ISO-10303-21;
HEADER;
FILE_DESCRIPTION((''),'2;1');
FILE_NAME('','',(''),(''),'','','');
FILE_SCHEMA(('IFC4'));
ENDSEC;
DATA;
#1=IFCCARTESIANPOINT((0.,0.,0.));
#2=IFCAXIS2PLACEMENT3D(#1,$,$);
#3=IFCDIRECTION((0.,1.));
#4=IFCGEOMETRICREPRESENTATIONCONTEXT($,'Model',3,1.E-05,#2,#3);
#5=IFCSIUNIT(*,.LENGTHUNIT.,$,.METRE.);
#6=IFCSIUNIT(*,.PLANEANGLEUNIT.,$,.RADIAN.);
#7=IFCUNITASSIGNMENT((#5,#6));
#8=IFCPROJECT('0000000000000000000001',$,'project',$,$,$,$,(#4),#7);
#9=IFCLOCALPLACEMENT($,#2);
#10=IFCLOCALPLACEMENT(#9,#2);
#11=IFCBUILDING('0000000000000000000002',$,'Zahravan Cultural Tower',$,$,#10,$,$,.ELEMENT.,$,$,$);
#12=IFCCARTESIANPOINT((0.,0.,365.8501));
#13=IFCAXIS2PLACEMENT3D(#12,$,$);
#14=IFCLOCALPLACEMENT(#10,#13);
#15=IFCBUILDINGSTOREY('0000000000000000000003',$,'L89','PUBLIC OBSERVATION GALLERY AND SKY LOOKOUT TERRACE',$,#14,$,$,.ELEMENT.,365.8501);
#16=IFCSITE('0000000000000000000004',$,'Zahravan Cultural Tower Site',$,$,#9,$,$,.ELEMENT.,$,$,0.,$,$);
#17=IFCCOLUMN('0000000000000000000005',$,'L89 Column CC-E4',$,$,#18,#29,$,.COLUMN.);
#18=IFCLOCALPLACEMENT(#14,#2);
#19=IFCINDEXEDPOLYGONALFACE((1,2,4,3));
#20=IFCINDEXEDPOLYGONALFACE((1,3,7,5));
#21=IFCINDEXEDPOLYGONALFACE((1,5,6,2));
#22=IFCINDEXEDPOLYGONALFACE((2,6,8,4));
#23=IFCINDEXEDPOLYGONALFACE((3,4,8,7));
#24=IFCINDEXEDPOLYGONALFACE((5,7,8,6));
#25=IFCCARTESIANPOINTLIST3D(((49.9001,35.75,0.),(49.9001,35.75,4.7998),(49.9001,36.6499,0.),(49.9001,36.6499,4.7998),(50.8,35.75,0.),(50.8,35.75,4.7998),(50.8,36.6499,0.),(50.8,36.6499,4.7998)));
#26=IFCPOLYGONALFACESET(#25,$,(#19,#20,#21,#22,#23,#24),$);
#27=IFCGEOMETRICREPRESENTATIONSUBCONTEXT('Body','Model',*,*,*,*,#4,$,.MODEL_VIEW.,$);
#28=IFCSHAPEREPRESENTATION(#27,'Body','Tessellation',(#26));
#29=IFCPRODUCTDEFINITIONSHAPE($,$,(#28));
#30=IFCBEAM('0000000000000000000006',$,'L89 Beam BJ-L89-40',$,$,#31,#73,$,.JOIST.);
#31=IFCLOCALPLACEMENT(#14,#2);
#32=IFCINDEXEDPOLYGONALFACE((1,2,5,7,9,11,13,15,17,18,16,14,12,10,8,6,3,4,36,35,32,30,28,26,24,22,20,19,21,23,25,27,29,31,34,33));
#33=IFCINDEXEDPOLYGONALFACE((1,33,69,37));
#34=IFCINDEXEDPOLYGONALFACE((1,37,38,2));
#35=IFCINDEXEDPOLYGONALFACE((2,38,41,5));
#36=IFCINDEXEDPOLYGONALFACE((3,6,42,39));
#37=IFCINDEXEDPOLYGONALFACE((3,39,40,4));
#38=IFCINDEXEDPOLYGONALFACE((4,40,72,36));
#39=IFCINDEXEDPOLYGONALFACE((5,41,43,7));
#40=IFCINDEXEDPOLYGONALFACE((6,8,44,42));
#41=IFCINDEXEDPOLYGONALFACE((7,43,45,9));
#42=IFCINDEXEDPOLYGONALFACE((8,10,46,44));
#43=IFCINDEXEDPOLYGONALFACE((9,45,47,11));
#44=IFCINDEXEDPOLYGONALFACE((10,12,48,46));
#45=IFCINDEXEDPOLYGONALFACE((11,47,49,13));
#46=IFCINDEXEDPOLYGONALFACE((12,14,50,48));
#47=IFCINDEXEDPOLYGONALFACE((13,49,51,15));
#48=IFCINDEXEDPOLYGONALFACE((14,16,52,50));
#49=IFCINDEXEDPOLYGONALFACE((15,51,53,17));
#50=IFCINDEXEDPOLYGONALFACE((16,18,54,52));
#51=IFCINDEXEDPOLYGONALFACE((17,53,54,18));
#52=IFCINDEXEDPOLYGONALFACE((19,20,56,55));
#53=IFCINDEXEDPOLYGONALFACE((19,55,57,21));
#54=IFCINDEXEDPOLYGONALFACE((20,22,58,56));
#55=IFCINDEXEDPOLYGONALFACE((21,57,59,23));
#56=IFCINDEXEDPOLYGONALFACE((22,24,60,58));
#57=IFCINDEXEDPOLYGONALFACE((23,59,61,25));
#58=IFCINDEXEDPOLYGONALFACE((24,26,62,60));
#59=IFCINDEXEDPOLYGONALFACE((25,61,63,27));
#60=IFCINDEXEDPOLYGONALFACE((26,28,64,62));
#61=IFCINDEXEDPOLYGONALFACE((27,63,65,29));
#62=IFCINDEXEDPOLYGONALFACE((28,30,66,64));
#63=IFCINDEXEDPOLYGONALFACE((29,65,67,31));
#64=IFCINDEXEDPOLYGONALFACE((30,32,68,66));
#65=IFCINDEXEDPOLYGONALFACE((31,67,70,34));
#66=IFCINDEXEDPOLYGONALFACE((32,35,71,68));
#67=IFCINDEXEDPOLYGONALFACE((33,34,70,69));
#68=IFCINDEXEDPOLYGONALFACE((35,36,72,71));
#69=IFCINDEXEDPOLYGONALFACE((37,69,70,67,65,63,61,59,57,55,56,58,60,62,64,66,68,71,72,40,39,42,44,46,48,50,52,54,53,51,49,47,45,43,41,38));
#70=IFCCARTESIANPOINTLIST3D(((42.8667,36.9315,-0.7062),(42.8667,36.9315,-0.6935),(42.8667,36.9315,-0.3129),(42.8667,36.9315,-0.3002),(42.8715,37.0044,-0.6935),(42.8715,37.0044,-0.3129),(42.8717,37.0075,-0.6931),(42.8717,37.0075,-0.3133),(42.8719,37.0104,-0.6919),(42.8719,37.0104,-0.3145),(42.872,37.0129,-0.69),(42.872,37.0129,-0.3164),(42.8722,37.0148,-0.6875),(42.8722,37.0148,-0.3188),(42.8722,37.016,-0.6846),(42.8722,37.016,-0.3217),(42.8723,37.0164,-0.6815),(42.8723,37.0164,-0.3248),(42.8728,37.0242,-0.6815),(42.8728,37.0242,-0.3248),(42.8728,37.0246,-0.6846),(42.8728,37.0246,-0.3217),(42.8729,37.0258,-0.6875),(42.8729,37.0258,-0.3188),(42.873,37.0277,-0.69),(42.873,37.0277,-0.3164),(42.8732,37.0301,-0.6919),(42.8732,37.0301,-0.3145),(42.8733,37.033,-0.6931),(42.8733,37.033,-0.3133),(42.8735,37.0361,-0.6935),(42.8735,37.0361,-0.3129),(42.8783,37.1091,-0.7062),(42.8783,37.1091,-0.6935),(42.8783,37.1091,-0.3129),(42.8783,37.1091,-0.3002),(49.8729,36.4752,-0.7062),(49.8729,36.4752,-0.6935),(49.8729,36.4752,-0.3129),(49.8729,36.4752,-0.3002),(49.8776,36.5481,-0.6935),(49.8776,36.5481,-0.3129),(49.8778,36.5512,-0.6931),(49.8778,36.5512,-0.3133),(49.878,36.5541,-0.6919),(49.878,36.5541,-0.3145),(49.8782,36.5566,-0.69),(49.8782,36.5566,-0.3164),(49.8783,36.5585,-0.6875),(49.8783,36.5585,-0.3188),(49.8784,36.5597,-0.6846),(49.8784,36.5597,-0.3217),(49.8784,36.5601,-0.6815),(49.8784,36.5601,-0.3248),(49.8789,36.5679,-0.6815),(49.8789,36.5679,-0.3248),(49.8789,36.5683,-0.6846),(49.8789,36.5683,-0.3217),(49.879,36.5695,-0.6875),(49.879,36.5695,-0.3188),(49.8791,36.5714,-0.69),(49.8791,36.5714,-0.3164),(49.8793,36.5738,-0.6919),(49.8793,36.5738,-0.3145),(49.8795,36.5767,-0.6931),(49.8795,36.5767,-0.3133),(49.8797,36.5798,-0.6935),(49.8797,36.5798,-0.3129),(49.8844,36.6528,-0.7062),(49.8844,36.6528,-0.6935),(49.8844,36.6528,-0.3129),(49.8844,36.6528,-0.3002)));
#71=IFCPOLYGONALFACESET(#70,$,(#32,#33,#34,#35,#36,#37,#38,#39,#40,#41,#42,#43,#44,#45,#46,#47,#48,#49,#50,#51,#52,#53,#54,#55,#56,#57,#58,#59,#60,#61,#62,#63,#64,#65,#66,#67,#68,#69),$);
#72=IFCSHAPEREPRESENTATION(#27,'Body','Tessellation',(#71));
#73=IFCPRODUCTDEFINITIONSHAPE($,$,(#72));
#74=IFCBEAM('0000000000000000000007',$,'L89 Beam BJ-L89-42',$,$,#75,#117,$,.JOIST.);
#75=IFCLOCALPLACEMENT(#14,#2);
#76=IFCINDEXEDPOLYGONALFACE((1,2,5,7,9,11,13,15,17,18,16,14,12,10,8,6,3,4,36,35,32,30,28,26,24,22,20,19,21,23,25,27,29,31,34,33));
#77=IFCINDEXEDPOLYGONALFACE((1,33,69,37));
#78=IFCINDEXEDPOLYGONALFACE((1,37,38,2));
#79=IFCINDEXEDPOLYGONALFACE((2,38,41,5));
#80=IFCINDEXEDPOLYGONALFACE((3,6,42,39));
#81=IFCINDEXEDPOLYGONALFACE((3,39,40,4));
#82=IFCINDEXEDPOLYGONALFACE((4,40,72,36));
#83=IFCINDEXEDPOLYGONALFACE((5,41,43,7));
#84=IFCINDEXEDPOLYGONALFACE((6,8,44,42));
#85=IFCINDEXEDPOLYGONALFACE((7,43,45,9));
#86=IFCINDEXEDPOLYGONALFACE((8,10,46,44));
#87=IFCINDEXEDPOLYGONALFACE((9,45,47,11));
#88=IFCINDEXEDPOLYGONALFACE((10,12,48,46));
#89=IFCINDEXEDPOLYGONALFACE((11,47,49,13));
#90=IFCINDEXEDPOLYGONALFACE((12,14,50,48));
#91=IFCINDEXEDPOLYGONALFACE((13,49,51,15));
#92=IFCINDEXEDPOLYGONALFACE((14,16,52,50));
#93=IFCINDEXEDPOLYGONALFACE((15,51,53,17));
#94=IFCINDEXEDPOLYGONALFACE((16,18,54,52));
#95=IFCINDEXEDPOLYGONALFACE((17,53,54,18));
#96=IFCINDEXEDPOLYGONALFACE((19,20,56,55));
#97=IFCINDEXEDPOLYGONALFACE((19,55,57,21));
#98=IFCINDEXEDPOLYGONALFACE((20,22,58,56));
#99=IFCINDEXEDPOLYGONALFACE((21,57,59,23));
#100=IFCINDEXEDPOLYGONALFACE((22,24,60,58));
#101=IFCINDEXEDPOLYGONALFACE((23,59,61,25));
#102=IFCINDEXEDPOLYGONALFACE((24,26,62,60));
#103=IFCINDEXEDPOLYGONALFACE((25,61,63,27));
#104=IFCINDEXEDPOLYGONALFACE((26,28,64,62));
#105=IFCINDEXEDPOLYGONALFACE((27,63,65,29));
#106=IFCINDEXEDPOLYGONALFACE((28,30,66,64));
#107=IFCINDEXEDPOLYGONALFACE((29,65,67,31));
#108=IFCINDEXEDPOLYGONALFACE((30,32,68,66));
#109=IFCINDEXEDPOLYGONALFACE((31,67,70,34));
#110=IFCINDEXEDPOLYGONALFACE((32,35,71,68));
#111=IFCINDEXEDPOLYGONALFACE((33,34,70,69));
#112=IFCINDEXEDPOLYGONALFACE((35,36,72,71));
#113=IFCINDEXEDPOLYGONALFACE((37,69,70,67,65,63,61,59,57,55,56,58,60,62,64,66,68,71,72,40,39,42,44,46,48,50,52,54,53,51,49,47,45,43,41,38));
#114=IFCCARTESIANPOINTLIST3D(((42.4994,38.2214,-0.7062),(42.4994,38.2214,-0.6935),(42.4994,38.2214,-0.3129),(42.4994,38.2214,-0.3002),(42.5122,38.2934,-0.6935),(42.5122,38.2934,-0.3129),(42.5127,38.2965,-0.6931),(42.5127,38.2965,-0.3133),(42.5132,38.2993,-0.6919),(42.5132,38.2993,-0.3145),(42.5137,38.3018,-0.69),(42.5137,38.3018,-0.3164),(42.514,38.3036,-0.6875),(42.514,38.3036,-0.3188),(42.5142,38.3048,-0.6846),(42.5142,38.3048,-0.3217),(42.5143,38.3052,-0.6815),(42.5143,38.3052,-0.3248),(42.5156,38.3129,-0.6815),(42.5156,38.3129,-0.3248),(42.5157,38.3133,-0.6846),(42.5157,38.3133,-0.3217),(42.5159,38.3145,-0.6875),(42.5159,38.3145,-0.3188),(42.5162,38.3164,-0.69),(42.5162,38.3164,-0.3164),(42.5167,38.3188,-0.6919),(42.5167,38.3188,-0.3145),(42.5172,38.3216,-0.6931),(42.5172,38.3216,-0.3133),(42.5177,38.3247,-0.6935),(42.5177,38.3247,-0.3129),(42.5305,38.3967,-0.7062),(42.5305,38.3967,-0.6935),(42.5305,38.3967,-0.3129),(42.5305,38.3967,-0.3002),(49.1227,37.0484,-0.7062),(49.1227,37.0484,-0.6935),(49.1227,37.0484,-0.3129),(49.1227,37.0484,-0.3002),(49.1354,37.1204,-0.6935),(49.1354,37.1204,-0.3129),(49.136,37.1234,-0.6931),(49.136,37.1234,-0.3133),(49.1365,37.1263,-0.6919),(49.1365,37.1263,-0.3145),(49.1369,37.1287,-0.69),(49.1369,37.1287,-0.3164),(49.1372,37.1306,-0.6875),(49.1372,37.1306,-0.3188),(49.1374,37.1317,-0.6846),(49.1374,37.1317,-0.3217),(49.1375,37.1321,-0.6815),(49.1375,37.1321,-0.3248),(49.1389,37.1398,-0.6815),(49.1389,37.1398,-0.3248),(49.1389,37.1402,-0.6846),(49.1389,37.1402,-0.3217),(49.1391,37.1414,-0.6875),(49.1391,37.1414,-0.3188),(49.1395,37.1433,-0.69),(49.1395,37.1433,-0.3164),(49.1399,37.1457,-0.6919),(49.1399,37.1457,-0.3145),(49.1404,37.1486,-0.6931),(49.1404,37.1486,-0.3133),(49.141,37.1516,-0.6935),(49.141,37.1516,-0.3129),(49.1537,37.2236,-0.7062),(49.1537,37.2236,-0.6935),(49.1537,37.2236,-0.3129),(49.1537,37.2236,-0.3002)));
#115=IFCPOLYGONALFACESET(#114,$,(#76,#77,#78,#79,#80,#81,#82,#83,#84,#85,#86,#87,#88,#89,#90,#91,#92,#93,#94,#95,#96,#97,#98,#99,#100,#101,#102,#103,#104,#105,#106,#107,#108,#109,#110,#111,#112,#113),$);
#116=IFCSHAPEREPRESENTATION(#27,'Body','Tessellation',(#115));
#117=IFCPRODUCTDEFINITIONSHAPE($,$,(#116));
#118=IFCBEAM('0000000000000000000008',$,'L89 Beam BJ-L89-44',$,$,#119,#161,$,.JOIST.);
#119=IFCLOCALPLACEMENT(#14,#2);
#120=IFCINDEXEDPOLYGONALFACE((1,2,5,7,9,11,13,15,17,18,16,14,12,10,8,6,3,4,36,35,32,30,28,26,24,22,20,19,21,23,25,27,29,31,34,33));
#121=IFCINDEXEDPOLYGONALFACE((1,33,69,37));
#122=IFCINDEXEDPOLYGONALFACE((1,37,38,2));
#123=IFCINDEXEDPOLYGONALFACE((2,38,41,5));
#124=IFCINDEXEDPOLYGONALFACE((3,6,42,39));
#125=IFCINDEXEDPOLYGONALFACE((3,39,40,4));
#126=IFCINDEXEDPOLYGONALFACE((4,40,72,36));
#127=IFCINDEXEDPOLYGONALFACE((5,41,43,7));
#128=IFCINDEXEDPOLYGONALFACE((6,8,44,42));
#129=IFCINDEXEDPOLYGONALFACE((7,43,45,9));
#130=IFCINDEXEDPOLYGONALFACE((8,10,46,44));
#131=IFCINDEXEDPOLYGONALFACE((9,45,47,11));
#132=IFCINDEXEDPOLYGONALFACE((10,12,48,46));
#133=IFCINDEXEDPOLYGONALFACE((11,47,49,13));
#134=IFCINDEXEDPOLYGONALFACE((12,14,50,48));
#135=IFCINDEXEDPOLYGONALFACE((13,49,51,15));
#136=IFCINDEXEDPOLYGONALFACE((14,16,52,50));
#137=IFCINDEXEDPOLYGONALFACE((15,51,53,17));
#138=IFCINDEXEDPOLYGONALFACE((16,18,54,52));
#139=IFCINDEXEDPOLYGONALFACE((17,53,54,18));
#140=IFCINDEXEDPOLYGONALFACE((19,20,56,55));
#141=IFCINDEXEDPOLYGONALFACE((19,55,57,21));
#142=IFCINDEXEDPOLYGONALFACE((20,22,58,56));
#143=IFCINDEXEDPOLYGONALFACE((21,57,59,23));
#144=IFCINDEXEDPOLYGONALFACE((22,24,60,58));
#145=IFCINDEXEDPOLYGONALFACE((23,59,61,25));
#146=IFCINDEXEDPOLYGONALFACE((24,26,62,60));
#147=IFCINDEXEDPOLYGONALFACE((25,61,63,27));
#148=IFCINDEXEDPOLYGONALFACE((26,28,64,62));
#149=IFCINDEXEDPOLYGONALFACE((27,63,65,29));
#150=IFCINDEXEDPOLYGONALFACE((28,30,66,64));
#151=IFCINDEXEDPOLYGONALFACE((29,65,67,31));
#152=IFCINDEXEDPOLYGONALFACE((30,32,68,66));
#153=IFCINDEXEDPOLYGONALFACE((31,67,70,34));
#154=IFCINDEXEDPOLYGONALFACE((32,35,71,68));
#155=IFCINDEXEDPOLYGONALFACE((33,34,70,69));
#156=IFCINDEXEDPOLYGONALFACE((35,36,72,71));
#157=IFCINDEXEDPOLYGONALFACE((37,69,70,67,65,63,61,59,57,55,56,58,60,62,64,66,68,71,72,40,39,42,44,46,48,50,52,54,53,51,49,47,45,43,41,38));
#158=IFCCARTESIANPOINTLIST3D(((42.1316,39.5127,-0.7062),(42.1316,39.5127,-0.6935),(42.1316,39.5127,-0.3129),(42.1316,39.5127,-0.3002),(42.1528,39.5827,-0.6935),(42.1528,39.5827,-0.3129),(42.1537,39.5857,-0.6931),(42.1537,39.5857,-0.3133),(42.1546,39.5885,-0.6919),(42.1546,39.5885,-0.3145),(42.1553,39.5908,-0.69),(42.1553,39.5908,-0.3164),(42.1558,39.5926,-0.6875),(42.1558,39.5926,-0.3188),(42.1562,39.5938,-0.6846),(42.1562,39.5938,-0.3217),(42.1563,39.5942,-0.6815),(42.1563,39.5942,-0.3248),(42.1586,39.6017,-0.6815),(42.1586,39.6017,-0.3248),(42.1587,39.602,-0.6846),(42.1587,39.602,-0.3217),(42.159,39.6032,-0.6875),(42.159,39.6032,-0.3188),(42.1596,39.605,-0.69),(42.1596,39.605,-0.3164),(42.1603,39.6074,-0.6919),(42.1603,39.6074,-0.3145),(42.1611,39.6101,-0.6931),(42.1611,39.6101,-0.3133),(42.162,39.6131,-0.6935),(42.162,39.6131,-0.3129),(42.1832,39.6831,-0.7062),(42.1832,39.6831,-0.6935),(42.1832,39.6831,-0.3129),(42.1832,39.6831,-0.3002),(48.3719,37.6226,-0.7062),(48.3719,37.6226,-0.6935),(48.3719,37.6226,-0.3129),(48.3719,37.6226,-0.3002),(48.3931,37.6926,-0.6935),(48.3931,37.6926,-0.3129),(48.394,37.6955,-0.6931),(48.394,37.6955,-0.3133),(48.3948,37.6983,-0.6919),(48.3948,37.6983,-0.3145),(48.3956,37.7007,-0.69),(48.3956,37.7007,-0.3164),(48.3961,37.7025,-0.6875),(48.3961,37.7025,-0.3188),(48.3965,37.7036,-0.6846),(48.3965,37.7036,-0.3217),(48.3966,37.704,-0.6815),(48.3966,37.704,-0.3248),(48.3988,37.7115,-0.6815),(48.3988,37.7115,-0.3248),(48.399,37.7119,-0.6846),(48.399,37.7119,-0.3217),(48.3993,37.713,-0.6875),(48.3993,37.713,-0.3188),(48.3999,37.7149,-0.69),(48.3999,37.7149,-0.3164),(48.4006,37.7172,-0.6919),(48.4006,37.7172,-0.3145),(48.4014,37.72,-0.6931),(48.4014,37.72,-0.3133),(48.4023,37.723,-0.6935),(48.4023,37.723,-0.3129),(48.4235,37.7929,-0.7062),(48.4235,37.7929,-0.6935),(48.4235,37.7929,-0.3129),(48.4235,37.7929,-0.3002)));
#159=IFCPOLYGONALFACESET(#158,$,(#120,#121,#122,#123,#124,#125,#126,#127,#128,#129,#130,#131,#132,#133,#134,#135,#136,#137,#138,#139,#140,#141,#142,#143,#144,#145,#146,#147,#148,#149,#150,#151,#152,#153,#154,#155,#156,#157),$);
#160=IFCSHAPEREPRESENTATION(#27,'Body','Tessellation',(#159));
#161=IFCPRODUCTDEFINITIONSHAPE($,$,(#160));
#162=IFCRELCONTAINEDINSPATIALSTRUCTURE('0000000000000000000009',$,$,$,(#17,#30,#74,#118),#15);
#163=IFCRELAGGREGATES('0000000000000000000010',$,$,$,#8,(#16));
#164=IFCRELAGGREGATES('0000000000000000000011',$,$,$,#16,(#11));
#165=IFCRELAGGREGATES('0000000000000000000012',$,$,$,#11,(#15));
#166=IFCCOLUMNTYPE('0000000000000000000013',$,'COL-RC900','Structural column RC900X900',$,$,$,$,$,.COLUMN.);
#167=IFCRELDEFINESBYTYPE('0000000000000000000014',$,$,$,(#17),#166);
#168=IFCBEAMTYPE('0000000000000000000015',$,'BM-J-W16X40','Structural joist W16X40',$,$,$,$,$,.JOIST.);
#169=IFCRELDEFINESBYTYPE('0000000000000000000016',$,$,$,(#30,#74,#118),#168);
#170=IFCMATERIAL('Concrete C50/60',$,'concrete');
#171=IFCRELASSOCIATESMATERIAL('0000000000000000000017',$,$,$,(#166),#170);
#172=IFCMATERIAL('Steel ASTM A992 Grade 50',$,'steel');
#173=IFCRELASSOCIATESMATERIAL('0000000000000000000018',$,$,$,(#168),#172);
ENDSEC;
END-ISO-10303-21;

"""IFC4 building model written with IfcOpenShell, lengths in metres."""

from ifc_helpers import new_model, si_unit, direction, frame, origin, origin_2d, place, context, subcontext, project, spatial, rectangle, i_section, extrude, source, transform, mapped, material, material_profile, profile_set, type_object, element, save


model = new_model("IFC4")

# Units and contexts
model_context = context("Model", 3, precision=1e-05, world=origin(), true_north=direction((0.0, 1.0)))
body_context = subcontext(model_context, "Body", "Model", "MODEL_VIEW")
ifc_project = project(units=[si_unit("LENGTHUNIT", "METRE"), si_unit("PLANEANGLEUNIT", "RADIAN")], contexts=[model_context])

# Site, building, storey
site_placement = place(None, origin())
site = spatial("IfcSite", under=ifc_project, at=site_placement, Name="Zahravan Cultural Tower Site", CompositionType="ELEMENT", RefElevation=0.0)
building_placement = place(site_placement, origin())
building = spatial("IfcBuilding", under=site, at=building_placement, Name="Zahravan Cultural Tower", CompositionType="ELEMENT")
storey_placement = place(building_placement, frame((0.0, 0.0, 365.8501)))
storey = spatial("IfcBuildingStorey", under=building, at=storey_placement, Name="L89", Description="PUBLIC OBSERVATION GALLERY AND SKY LOOKOUT TERRACE", CompositionType="ELEMENT", Elevation=365.8501)

# Column
ifc_material_1 = material(Name="Concrete C50/60", Category="concrete")
ifc_material_profile_1 = material_profile(ifc_material_1, rectangle(XDim=0.8999, YDim=0.8999, at=origin_2d()), Name="RC900X900")
ifc_profile_set_1 = profile_set([ifc_material_profile_1], Name="Concrete C50/60")
column_type = type_object("IfcColumnType", Name="COL-RC900", Description="Structural column RC900X900", PredefinedType="COLUMN", material=ifc_profile_set_1)
shared_shape_1 = source(origin(), body_context, "Body", "SweptSolid", [
    extrude(rectangle(XDim=0.8999, YDim=0.8999, at=origin_2d()), origin(), (0.0, 0.0, 1.0), 4.7998),
])
column_placement = place(storey_placement, frame((50.3501, 36.2, 0.0), z_axis=(0.0, 0.0, 1.0), x_axis=(1.0, 0.0, 0.0)))
element("IfcColumn", 1, at=column_placement, inside=storey, type_object=column_type, Name="L89 Column CC-E4", PredefinedType="COLUMN", context=body_context, shape_type="MappedRepresentation", body=[
    mapped(shared_shape_1, transform((0.0, 0.0, 0.0), x_axis=(1.0, 0.0, 0.0), y_axis=(0.0, 1.0, 0.0), z_axis=(0.0, 0.0, 1.0), scale=1.0)),
])

# Beams
ifc_material_2 = material(Name="Steel ASTM A992 Grade 50", Category="steel")
ifc_material_profile_2 = material_profile(ifc_material_2, i_section(OverallWidth=0.178, OverallDepth=0.406, WebThickness=0.0078, FlangeThickness=0.0127, FilletRadius=0.012, at=origin_2d()), Name="W16X40")
ifc_profile_set_2 = profile_set([ifc_material_profile_2], Name="Steel ASTM A992 Grade 50")
beam_type_1 = type_object("IfcBeamType", Name="BM-J-W16X40", Description="Structural joist W16X40", PredefinedType="JOIST", material=ifc_profile_set_2)
shared_shape_2 = source(origin(), body_context, "Body", "SweptSolid", [
    extrude(i_section(OverallWidth=0.178, OverallDepth=0.406, WebThickness=0.0078, FlangeThickness=0.0127, FilletRadius=0.012, at=origin_2d()), origin(), (0.0, 0.0, 1.0), 7.021),
])
beam_1_placement = place(storey_placement, frame((49.8787, 36.564, -0.5032), z_axis=(-0.997886, 0.064991, 0.0), x_axis=(-0.064991, -0.997886, 0.0)))
element("IfcBeam", 2, at=beam_1_placement, inside=storey, type_object=beam_type_1, Name="L89 Beam BJ-L89-40", PredefinedType="JOIST", context=body_context, shape_type="MappedRepresentation", body=[
    mapped(shared_shape_2, transform((0.0, 0.0, 0.0), x_axis=(1.0, 0.0, 0.0), y_axis=(0.0, 1.0, 0.0), z_axis=(0.0, 0.0, 1.0), scale=1.0)),
])
shared_shape_3 = source(origin(), body_context, "Body", "SweptSolid", [
    extrude(i_section(OverallWidth=0.178, OverallDepth=0.406, WebThickness=0.0078, FlangeThickness=0.0127, FilletRadius=0.012, at=origin_2d()), origin(), (0.0, 0.0, 1.0), 6.7263),
])
beam_2_placement = place(storey_placement, frame((49.1382, 37.136, -0.5032), z_axis=(-0.984674, 0.174402, 0.0), x_axis=(-0.174402, -0.984674, 0.0)))
element("IfcBeam", 3, at=beam_2_placement, inside=storey, type_object=beam_type_1, Name="L89 Beam BJ-L89-42", PredefinedType="JOIST", context=body_context, shape_type="MappedRepresentation", body=[
    mapped(shared_shape_3, transform((0.0, 0.0, 0.0), x_axis=(1.0, 0.0, 0.0), y_axis=(0.0, 1.0, 0.0), z_axis=(0.0, 0.0, 1.0), scale=1.0)),
])
shared_shape_4 = source(origin(), body_context, "Body", "SweptSolid", [
    extrude(i_section(OverallWidth=0.178, OverallDepth=0.406, WebThickness=0.0078, FlangeThickness=0.0127, FilletRadius=0.012, at=origin_2d()), origin(), (0.0, 0.0, 1.0), 6.5203),
])
beam_3_placement = place(storey_placement, frame((48.3977, 37.7078, -0.5032), z_axis=(-0.95706, 0.289889, 0.0), x_axis=(-0.289889, -0.95706, 0.0)))
element("IfcBeam", 4, at=beam_3_placement, inside=storey, type_object=beam_type_1, Name="L89 Beam BJ-L89-44", PredefinedType="JOIST", context=body_context, shape_type="MappedRepresentation", body=[
    mapped(shared_shape_4, transform((0.0, 0.0, 0.0), x_axis=(1.0, 0.0, 0.0), y_axis=(0.0, 1.0, 0.0), z_axis=(0.0, 0.0, 1.0), scale=1.0)),
])

save(model, "model.ifc")
